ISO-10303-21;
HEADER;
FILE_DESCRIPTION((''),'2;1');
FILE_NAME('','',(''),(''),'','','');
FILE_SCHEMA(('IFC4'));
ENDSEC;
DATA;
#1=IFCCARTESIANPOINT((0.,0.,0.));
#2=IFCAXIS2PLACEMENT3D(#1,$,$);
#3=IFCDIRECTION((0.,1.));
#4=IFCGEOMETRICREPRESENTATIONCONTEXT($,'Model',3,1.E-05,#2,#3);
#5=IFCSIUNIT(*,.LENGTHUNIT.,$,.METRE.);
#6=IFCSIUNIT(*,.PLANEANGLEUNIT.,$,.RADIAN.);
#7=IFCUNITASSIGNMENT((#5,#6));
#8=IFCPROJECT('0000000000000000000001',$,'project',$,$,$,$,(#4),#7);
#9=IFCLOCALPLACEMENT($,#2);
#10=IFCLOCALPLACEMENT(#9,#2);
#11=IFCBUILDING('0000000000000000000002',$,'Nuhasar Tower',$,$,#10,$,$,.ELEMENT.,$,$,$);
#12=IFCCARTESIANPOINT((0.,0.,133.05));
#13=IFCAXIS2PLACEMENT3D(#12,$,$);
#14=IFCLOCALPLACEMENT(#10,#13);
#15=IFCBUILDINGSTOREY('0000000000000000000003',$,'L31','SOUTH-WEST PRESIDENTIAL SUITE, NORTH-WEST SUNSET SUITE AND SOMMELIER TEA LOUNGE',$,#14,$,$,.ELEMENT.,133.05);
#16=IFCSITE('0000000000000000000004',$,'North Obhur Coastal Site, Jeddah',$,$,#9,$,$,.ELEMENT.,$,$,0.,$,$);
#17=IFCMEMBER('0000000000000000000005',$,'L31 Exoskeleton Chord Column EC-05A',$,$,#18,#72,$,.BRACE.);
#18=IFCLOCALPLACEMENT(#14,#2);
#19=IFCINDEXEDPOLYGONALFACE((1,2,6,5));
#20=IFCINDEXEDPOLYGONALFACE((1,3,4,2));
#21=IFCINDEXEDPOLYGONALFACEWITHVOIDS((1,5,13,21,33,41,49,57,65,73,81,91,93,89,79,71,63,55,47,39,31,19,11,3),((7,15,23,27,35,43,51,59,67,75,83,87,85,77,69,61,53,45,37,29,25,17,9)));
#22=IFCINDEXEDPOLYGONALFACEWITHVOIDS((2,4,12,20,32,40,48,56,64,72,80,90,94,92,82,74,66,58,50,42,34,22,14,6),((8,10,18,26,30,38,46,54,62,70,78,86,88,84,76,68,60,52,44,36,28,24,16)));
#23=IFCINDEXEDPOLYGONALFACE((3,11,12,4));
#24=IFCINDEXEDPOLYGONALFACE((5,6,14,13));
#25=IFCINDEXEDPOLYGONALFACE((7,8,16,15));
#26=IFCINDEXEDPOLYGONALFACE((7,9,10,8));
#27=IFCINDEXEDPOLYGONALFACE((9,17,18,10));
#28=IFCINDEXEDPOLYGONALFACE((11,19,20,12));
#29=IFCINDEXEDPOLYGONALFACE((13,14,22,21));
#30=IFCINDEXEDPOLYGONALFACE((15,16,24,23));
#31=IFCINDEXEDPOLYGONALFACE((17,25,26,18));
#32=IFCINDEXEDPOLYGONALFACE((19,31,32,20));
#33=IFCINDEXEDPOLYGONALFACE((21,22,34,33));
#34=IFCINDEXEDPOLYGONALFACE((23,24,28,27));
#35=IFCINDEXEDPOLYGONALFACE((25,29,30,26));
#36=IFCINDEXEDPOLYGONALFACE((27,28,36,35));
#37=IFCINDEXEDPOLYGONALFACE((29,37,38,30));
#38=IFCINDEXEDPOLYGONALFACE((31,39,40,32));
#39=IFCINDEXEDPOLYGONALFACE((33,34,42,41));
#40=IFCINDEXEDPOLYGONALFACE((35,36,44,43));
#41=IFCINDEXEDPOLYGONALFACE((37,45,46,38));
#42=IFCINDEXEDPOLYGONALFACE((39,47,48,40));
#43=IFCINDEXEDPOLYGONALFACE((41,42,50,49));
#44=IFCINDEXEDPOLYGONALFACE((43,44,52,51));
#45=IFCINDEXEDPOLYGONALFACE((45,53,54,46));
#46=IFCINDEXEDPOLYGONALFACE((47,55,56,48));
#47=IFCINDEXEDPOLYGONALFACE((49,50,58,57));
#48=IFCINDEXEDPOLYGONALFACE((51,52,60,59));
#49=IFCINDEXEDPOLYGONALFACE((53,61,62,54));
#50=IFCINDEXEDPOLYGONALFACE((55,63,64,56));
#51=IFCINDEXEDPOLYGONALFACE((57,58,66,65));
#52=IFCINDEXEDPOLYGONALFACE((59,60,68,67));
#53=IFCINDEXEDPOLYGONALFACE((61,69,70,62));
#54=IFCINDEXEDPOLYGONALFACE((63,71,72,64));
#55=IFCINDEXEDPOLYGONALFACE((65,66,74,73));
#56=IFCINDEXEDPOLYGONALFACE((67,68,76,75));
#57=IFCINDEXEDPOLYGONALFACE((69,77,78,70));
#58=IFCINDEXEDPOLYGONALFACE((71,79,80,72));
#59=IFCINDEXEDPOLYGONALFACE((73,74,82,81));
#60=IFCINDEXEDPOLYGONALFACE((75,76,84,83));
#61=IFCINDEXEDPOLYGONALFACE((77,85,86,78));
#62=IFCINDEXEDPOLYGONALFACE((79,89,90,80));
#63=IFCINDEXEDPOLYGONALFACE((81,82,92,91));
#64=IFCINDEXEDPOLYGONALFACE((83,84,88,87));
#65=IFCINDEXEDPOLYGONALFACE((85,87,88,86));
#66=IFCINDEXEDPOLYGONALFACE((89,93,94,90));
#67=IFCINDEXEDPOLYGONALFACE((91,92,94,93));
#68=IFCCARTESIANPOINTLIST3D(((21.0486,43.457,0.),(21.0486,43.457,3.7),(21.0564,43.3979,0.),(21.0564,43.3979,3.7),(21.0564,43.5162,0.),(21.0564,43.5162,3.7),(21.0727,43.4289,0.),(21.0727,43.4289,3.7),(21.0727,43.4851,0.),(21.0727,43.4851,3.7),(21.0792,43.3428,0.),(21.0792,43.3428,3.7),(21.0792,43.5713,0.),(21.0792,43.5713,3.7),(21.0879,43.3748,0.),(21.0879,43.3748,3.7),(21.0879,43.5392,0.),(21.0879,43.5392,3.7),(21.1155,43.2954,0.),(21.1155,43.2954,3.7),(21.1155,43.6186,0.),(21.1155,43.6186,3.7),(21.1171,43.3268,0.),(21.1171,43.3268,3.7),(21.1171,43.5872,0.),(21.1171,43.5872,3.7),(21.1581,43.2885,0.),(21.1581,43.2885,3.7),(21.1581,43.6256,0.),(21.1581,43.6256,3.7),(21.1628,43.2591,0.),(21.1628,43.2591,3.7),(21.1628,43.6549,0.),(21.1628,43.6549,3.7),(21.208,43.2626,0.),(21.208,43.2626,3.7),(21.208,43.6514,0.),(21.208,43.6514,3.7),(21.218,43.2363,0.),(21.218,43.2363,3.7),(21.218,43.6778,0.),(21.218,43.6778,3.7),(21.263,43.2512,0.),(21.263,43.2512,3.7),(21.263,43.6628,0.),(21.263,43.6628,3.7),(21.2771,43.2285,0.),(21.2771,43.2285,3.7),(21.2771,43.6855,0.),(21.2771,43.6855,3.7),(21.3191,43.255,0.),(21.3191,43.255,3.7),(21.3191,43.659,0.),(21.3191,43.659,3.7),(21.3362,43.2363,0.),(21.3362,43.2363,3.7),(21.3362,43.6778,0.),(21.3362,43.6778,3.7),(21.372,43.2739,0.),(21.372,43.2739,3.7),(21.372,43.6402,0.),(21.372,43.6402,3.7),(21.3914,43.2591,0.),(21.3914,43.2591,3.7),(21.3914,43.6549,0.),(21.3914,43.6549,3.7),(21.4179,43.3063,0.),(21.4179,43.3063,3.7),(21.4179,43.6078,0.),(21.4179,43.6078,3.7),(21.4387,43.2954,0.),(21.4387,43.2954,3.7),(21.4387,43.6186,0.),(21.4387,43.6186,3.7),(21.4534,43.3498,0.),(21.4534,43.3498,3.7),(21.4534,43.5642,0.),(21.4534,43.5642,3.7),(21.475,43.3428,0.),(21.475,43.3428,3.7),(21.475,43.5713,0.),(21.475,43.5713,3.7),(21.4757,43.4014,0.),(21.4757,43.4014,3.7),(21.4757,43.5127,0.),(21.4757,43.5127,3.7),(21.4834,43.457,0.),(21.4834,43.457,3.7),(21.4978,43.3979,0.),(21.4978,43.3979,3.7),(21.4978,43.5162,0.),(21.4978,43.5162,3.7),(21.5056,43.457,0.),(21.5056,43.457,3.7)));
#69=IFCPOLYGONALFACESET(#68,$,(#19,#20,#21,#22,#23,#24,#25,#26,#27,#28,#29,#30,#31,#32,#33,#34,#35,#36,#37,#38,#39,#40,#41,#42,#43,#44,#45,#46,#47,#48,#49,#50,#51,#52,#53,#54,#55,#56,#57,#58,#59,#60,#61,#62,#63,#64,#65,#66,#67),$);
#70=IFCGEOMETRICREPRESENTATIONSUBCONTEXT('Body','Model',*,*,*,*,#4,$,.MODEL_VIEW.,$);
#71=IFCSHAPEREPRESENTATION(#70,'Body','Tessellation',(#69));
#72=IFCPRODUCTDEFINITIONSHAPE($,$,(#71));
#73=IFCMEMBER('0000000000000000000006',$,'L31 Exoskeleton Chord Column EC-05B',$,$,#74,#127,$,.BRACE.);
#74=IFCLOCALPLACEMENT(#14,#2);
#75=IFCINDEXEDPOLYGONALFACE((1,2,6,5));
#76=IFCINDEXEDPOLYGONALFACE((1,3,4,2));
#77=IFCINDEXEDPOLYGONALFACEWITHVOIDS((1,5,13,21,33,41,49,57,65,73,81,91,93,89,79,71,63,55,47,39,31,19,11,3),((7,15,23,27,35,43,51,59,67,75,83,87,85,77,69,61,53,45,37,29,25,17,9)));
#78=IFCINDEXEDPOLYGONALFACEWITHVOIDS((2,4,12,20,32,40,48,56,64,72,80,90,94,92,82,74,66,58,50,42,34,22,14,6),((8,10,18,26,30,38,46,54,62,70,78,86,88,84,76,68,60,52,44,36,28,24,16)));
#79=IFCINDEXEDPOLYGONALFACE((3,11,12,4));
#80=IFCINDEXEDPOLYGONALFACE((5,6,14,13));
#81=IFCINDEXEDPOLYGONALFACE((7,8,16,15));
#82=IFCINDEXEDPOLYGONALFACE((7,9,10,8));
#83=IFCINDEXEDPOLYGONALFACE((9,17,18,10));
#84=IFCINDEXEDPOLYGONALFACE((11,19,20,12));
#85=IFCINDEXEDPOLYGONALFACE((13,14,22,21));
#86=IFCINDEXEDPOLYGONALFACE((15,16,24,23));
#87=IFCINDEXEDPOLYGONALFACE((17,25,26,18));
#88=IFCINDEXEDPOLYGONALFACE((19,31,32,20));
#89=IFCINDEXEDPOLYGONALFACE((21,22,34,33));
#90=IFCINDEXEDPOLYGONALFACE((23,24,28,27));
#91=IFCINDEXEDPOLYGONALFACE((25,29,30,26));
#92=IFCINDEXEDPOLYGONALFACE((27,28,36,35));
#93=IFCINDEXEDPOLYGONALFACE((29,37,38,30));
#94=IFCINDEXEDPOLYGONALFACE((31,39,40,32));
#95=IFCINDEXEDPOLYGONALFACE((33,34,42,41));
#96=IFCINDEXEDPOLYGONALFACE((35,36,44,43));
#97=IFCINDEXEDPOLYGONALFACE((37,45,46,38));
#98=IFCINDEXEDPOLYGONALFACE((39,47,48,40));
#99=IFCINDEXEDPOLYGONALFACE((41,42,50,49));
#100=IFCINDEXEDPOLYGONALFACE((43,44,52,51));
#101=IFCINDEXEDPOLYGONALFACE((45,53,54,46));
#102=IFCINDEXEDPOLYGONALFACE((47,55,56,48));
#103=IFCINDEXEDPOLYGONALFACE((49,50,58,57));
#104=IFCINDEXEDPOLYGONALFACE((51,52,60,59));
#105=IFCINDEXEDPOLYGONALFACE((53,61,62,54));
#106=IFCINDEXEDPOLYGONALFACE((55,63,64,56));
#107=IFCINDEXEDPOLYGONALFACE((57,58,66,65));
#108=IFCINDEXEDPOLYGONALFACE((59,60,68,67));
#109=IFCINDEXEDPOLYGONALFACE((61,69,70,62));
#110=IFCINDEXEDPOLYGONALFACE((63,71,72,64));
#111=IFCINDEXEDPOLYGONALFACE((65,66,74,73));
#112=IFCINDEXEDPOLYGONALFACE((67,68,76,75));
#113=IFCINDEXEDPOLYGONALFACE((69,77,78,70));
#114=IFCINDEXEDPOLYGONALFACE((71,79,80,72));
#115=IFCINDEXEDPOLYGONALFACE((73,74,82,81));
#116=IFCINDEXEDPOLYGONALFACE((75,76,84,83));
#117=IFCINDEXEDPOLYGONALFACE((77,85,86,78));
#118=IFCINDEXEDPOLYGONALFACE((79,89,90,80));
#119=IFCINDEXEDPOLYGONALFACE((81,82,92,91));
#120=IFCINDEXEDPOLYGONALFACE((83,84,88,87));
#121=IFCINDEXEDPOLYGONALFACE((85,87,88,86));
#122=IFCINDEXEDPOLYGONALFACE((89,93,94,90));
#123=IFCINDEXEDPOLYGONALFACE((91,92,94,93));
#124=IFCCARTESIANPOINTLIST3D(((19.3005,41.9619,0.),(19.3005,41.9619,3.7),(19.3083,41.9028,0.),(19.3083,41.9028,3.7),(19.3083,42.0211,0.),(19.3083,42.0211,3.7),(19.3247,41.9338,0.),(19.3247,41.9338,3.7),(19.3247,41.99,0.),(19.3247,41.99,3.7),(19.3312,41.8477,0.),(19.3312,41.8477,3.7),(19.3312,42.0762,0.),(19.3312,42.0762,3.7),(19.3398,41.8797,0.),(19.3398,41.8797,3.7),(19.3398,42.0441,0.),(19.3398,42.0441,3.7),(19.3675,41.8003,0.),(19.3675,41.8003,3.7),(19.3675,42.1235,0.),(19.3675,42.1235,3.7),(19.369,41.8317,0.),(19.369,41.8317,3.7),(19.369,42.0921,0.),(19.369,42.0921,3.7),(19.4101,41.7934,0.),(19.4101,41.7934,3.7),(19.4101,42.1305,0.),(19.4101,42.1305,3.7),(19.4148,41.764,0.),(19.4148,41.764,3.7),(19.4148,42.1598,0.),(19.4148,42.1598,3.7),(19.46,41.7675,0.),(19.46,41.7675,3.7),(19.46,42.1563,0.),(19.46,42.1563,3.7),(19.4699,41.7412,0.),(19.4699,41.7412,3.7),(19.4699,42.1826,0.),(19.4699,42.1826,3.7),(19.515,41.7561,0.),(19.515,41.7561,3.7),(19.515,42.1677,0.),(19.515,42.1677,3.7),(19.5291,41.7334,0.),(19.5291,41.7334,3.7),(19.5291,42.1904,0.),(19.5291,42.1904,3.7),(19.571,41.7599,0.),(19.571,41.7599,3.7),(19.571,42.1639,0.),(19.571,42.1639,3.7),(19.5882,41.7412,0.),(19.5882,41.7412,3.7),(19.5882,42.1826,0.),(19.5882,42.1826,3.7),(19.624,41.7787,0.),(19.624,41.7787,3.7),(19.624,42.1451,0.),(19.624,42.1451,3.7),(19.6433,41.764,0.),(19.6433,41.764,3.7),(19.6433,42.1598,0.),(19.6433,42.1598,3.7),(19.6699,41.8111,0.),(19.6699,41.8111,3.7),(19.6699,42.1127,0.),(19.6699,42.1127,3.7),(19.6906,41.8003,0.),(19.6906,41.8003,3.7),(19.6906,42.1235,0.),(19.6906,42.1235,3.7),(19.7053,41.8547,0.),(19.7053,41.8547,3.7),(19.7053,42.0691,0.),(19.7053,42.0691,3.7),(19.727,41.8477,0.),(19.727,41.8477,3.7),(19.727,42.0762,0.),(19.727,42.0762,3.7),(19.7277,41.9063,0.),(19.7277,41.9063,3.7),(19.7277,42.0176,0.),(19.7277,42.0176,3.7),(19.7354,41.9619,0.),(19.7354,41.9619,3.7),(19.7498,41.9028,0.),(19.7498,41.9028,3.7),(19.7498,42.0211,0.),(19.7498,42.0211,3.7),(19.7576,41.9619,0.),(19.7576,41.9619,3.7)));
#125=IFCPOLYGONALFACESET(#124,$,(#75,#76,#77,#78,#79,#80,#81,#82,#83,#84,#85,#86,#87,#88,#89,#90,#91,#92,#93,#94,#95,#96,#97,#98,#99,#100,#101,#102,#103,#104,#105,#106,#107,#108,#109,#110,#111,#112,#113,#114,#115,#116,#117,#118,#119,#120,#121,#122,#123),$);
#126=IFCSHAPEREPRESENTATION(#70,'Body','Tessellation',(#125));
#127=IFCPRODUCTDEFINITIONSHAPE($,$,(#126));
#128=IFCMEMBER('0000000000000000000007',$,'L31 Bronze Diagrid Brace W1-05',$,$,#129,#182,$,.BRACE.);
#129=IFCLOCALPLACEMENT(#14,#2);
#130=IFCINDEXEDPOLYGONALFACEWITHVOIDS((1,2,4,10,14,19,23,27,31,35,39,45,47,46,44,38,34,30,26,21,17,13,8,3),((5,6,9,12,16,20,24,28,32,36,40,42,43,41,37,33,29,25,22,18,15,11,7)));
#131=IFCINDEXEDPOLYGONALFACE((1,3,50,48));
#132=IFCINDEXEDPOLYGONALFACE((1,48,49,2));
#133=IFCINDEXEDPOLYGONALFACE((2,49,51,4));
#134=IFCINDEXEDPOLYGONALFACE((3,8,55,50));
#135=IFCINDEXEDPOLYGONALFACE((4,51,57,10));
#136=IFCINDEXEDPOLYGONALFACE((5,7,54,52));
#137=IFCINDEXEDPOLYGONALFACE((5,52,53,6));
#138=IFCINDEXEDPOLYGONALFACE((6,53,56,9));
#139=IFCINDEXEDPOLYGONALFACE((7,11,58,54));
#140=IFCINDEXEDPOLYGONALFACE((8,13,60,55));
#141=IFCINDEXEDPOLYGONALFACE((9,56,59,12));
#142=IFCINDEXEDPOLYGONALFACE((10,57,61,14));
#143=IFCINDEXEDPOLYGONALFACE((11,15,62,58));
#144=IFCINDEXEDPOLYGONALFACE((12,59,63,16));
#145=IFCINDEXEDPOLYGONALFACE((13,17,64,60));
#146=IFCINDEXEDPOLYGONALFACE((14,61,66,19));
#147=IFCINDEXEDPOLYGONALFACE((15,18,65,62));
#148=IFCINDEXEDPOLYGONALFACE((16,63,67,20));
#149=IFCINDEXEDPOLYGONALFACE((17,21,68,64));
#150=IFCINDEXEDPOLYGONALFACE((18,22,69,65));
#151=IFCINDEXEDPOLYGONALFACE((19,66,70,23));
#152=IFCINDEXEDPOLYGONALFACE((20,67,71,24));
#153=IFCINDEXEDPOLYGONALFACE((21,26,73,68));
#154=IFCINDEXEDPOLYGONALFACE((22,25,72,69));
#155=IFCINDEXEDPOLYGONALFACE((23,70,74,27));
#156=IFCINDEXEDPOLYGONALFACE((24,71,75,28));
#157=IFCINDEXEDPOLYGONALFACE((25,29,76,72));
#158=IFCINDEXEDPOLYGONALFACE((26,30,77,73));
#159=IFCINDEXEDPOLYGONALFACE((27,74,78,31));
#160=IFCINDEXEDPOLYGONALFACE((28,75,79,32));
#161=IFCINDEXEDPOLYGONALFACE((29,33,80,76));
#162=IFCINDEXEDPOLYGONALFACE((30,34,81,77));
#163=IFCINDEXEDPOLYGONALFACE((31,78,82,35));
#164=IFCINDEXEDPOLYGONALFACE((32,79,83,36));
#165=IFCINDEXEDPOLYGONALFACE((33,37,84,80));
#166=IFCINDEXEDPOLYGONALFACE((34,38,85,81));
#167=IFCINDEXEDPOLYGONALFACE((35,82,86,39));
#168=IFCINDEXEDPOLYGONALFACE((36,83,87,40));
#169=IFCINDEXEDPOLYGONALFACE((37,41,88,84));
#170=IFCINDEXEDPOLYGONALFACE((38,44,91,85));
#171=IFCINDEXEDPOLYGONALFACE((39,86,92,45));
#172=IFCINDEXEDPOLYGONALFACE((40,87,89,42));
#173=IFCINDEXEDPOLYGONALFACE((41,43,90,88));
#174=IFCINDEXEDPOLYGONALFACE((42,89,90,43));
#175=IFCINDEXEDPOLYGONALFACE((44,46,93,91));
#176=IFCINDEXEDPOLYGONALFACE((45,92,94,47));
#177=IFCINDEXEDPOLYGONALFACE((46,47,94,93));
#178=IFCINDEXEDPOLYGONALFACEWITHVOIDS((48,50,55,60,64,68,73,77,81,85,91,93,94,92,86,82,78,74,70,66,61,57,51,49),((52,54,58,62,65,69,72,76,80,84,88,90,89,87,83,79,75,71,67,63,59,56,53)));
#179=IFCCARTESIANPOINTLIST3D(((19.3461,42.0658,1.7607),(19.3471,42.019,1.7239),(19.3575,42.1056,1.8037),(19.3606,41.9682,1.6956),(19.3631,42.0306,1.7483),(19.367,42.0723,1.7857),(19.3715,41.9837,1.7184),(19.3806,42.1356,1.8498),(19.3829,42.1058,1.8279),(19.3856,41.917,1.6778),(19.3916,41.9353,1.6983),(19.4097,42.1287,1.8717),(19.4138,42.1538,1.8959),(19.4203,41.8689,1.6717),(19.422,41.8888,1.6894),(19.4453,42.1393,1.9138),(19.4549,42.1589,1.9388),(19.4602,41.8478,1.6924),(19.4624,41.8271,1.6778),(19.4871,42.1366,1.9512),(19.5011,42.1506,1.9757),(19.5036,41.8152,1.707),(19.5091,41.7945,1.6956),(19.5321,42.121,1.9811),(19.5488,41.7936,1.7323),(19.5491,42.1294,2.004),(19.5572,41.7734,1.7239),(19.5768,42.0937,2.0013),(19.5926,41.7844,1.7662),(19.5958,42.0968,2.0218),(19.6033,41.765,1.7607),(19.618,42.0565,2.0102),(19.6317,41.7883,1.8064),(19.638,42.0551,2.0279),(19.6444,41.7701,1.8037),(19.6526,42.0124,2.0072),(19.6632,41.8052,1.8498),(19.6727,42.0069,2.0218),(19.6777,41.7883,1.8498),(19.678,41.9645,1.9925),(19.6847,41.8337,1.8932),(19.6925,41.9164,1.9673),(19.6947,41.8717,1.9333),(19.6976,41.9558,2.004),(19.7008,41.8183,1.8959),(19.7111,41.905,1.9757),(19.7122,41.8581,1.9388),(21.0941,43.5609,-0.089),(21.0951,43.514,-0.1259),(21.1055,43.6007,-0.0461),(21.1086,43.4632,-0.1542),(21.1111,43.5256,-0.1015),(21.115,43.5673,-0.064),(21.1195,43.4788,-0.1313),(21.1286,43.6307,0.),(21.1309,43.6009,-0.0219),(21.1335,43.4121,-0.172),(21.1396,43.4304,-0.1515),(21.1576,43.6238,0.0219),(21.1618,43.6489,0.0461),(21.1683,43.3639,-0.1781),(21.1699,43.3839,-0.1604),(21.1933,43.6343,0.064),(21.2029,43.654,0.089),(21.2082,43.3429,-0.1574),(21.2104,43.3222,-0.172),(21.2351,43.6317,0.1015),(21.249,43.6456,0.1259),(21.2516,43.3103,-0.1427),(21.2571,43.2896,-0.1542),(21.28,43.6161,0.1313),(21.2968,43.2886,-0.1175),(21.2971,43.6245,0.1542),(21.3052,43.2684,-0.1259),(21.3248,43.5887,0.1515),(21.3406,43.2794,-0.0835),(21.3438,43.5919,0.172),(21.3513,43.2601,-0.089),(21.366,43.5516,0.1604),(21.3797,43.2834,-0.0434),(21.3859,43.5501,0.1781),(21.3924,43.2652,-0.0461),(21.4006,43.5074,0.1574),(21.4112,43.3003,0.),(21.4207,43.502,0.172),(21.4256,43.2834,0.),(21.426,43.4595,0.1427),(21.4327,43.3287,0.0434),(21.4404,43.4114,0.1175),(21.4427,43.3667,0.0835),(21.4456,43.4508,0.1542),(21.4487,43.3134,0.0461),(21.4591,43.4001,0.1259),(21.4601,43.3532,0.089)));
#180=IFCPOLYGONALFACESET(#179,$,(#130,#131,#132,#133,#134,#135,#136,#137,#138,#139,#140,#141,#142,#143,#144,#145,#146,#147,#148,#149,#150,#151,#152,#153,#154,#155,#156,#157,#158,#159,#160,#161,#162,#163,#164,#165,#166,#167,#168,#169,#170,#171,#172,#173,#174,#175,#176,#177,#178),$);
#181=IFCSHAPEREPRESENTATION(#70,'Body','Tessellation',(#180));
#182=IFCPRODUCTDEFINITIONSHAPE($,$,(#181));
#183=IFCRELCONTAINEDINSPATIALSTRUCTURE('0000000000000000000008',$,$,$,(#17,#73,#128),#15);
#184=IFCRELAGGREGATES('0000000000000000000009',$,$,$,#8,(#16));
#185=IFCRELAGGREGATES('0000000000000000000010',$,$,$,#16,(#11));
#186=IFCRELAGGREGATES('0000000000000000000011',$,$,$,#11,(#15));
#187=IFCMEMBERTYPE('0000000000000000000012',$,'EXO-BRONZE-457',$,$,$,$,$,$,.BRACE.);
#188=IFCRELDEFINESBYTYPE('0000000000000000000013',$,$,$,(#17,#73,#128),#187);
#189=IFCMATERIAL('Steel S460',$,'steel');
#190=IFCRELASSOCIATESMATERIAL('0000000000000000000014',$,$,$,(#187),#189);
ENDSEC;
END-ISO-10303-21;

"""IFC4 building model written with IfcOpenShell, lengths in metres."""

from ifc_helpers import new_model, si_unit, direction, frame, origin, origin_2d, place, context, subcontext, project, spatial, hollow_circle, extrude, material, material_profile, profile_set, type_object, element, save


model = new_model("IFC4")

# Units and contexts
model_context = context("Model", 3, precision=1e-05, world=origin(), true_north=direction((0.0, 1.0)))
body_context = subcontext(model_context, "Body", "Model", "MODEL_VIEW")
ifc_project = project(units=[si_unit("LENGTHUNIT", "METRE"), si_unit("PLANEANGLEUNIT", "RADIAN")], contexts=[model_context])

# Site, building, storey
site_placement = place(None, origin())
site = spatial("IfcSite", under=ifc_project, at=site_placement, Name="North Obhur Coastal Site, Jeddah", CompositionType="ELEMENT", RefElevation=0.0)
building_placement = place(site_placement, origin())
building = spatial("IfcBuilding", under=site, at=building_placement, Name="Nuhasar Tower", CompositionType="ELEMENT")
storey_placement = place(building_placement, frame((0.0, 0.0, 133.05)))
storey = spatial("IfcBuildingStorey", under=building, at=storey_placement, Name="L31", Description="SOUTH-WEST PRESIDENTIAL SUITE, NORTH-WEST SUNSET SUITE AND SOMMELIER TEA LOUNGE", CompositionType="ELEMENT", Elevation=133.05)

# Members
ifc_material_1 = material(Name="Steel S460", Category="steel")
ifc_material_profile_1 = material_profile(ifc_material_1, hollow_circle(Radius=0.2285, WallThickness=0.0222, at=origin_2d()), Name="HSS457X22.2")
ifc_profile_set_1 = profile_set([ifc_material_profile_1], Name="Steel S460")
member_type_1 = type_object("IfcMemberType", Name="EXO-BRONZE-457", PredefinedType="BRACE", material=ifc_profile_set_1)
for number, where, z_axis, x_axis, name in (
    (1, (21.2771, 43.457, 0.0), (0.0, 0.0, 1.0), (1.0, 0.0, 0.0), "L31 Exoskeleton Chord Column EC-05A"),
    (2, (19.5291, 41.9619, 0.0), (0.0, 0.0, 1.0), (1.0, 0.0, 0.0), "L31 Exoskeleton Chord Column EC-05B"),
):
    element("IfcMember", number, at=place(storey_placement, frame(where, z_axis=z_axis, x_axis=x_axis)), inside=storey, type_object=member_type_1, Name=name, PredefinedType="BRACE", context=body_context, shape_type="SweptSolid", body=[
        extrude(hollow_circle(Radius=0.2285, WallThickness=0.0222, at=origin_2d()), origin(), (0.0, 0.0, 1.0), 3.7),
    ])
member_1_placement = place(storey_placement, frame((21.2771, 43.457, 0.0), z_axis=(-0.592201, -0.506514, 0.626691), x_axis=(0.649987, -0.759945, 0.0)))
element("IfcMember", 3, at=member_1_placement, inside=storey, type_object=member_type_1, Name="L31 Bronze Diagrid Brace W1-05", PredefinedType="BRACE", context=body_context, shape_type="SweptSolid", body=[
    extrude(hollow_circle(Radius=0.2285, WallThickness=0.0222, at=origin_2d()), origin(), (0.0, 0.0, 1.0), 2.9517),
])

save(model, "model.ifc")
